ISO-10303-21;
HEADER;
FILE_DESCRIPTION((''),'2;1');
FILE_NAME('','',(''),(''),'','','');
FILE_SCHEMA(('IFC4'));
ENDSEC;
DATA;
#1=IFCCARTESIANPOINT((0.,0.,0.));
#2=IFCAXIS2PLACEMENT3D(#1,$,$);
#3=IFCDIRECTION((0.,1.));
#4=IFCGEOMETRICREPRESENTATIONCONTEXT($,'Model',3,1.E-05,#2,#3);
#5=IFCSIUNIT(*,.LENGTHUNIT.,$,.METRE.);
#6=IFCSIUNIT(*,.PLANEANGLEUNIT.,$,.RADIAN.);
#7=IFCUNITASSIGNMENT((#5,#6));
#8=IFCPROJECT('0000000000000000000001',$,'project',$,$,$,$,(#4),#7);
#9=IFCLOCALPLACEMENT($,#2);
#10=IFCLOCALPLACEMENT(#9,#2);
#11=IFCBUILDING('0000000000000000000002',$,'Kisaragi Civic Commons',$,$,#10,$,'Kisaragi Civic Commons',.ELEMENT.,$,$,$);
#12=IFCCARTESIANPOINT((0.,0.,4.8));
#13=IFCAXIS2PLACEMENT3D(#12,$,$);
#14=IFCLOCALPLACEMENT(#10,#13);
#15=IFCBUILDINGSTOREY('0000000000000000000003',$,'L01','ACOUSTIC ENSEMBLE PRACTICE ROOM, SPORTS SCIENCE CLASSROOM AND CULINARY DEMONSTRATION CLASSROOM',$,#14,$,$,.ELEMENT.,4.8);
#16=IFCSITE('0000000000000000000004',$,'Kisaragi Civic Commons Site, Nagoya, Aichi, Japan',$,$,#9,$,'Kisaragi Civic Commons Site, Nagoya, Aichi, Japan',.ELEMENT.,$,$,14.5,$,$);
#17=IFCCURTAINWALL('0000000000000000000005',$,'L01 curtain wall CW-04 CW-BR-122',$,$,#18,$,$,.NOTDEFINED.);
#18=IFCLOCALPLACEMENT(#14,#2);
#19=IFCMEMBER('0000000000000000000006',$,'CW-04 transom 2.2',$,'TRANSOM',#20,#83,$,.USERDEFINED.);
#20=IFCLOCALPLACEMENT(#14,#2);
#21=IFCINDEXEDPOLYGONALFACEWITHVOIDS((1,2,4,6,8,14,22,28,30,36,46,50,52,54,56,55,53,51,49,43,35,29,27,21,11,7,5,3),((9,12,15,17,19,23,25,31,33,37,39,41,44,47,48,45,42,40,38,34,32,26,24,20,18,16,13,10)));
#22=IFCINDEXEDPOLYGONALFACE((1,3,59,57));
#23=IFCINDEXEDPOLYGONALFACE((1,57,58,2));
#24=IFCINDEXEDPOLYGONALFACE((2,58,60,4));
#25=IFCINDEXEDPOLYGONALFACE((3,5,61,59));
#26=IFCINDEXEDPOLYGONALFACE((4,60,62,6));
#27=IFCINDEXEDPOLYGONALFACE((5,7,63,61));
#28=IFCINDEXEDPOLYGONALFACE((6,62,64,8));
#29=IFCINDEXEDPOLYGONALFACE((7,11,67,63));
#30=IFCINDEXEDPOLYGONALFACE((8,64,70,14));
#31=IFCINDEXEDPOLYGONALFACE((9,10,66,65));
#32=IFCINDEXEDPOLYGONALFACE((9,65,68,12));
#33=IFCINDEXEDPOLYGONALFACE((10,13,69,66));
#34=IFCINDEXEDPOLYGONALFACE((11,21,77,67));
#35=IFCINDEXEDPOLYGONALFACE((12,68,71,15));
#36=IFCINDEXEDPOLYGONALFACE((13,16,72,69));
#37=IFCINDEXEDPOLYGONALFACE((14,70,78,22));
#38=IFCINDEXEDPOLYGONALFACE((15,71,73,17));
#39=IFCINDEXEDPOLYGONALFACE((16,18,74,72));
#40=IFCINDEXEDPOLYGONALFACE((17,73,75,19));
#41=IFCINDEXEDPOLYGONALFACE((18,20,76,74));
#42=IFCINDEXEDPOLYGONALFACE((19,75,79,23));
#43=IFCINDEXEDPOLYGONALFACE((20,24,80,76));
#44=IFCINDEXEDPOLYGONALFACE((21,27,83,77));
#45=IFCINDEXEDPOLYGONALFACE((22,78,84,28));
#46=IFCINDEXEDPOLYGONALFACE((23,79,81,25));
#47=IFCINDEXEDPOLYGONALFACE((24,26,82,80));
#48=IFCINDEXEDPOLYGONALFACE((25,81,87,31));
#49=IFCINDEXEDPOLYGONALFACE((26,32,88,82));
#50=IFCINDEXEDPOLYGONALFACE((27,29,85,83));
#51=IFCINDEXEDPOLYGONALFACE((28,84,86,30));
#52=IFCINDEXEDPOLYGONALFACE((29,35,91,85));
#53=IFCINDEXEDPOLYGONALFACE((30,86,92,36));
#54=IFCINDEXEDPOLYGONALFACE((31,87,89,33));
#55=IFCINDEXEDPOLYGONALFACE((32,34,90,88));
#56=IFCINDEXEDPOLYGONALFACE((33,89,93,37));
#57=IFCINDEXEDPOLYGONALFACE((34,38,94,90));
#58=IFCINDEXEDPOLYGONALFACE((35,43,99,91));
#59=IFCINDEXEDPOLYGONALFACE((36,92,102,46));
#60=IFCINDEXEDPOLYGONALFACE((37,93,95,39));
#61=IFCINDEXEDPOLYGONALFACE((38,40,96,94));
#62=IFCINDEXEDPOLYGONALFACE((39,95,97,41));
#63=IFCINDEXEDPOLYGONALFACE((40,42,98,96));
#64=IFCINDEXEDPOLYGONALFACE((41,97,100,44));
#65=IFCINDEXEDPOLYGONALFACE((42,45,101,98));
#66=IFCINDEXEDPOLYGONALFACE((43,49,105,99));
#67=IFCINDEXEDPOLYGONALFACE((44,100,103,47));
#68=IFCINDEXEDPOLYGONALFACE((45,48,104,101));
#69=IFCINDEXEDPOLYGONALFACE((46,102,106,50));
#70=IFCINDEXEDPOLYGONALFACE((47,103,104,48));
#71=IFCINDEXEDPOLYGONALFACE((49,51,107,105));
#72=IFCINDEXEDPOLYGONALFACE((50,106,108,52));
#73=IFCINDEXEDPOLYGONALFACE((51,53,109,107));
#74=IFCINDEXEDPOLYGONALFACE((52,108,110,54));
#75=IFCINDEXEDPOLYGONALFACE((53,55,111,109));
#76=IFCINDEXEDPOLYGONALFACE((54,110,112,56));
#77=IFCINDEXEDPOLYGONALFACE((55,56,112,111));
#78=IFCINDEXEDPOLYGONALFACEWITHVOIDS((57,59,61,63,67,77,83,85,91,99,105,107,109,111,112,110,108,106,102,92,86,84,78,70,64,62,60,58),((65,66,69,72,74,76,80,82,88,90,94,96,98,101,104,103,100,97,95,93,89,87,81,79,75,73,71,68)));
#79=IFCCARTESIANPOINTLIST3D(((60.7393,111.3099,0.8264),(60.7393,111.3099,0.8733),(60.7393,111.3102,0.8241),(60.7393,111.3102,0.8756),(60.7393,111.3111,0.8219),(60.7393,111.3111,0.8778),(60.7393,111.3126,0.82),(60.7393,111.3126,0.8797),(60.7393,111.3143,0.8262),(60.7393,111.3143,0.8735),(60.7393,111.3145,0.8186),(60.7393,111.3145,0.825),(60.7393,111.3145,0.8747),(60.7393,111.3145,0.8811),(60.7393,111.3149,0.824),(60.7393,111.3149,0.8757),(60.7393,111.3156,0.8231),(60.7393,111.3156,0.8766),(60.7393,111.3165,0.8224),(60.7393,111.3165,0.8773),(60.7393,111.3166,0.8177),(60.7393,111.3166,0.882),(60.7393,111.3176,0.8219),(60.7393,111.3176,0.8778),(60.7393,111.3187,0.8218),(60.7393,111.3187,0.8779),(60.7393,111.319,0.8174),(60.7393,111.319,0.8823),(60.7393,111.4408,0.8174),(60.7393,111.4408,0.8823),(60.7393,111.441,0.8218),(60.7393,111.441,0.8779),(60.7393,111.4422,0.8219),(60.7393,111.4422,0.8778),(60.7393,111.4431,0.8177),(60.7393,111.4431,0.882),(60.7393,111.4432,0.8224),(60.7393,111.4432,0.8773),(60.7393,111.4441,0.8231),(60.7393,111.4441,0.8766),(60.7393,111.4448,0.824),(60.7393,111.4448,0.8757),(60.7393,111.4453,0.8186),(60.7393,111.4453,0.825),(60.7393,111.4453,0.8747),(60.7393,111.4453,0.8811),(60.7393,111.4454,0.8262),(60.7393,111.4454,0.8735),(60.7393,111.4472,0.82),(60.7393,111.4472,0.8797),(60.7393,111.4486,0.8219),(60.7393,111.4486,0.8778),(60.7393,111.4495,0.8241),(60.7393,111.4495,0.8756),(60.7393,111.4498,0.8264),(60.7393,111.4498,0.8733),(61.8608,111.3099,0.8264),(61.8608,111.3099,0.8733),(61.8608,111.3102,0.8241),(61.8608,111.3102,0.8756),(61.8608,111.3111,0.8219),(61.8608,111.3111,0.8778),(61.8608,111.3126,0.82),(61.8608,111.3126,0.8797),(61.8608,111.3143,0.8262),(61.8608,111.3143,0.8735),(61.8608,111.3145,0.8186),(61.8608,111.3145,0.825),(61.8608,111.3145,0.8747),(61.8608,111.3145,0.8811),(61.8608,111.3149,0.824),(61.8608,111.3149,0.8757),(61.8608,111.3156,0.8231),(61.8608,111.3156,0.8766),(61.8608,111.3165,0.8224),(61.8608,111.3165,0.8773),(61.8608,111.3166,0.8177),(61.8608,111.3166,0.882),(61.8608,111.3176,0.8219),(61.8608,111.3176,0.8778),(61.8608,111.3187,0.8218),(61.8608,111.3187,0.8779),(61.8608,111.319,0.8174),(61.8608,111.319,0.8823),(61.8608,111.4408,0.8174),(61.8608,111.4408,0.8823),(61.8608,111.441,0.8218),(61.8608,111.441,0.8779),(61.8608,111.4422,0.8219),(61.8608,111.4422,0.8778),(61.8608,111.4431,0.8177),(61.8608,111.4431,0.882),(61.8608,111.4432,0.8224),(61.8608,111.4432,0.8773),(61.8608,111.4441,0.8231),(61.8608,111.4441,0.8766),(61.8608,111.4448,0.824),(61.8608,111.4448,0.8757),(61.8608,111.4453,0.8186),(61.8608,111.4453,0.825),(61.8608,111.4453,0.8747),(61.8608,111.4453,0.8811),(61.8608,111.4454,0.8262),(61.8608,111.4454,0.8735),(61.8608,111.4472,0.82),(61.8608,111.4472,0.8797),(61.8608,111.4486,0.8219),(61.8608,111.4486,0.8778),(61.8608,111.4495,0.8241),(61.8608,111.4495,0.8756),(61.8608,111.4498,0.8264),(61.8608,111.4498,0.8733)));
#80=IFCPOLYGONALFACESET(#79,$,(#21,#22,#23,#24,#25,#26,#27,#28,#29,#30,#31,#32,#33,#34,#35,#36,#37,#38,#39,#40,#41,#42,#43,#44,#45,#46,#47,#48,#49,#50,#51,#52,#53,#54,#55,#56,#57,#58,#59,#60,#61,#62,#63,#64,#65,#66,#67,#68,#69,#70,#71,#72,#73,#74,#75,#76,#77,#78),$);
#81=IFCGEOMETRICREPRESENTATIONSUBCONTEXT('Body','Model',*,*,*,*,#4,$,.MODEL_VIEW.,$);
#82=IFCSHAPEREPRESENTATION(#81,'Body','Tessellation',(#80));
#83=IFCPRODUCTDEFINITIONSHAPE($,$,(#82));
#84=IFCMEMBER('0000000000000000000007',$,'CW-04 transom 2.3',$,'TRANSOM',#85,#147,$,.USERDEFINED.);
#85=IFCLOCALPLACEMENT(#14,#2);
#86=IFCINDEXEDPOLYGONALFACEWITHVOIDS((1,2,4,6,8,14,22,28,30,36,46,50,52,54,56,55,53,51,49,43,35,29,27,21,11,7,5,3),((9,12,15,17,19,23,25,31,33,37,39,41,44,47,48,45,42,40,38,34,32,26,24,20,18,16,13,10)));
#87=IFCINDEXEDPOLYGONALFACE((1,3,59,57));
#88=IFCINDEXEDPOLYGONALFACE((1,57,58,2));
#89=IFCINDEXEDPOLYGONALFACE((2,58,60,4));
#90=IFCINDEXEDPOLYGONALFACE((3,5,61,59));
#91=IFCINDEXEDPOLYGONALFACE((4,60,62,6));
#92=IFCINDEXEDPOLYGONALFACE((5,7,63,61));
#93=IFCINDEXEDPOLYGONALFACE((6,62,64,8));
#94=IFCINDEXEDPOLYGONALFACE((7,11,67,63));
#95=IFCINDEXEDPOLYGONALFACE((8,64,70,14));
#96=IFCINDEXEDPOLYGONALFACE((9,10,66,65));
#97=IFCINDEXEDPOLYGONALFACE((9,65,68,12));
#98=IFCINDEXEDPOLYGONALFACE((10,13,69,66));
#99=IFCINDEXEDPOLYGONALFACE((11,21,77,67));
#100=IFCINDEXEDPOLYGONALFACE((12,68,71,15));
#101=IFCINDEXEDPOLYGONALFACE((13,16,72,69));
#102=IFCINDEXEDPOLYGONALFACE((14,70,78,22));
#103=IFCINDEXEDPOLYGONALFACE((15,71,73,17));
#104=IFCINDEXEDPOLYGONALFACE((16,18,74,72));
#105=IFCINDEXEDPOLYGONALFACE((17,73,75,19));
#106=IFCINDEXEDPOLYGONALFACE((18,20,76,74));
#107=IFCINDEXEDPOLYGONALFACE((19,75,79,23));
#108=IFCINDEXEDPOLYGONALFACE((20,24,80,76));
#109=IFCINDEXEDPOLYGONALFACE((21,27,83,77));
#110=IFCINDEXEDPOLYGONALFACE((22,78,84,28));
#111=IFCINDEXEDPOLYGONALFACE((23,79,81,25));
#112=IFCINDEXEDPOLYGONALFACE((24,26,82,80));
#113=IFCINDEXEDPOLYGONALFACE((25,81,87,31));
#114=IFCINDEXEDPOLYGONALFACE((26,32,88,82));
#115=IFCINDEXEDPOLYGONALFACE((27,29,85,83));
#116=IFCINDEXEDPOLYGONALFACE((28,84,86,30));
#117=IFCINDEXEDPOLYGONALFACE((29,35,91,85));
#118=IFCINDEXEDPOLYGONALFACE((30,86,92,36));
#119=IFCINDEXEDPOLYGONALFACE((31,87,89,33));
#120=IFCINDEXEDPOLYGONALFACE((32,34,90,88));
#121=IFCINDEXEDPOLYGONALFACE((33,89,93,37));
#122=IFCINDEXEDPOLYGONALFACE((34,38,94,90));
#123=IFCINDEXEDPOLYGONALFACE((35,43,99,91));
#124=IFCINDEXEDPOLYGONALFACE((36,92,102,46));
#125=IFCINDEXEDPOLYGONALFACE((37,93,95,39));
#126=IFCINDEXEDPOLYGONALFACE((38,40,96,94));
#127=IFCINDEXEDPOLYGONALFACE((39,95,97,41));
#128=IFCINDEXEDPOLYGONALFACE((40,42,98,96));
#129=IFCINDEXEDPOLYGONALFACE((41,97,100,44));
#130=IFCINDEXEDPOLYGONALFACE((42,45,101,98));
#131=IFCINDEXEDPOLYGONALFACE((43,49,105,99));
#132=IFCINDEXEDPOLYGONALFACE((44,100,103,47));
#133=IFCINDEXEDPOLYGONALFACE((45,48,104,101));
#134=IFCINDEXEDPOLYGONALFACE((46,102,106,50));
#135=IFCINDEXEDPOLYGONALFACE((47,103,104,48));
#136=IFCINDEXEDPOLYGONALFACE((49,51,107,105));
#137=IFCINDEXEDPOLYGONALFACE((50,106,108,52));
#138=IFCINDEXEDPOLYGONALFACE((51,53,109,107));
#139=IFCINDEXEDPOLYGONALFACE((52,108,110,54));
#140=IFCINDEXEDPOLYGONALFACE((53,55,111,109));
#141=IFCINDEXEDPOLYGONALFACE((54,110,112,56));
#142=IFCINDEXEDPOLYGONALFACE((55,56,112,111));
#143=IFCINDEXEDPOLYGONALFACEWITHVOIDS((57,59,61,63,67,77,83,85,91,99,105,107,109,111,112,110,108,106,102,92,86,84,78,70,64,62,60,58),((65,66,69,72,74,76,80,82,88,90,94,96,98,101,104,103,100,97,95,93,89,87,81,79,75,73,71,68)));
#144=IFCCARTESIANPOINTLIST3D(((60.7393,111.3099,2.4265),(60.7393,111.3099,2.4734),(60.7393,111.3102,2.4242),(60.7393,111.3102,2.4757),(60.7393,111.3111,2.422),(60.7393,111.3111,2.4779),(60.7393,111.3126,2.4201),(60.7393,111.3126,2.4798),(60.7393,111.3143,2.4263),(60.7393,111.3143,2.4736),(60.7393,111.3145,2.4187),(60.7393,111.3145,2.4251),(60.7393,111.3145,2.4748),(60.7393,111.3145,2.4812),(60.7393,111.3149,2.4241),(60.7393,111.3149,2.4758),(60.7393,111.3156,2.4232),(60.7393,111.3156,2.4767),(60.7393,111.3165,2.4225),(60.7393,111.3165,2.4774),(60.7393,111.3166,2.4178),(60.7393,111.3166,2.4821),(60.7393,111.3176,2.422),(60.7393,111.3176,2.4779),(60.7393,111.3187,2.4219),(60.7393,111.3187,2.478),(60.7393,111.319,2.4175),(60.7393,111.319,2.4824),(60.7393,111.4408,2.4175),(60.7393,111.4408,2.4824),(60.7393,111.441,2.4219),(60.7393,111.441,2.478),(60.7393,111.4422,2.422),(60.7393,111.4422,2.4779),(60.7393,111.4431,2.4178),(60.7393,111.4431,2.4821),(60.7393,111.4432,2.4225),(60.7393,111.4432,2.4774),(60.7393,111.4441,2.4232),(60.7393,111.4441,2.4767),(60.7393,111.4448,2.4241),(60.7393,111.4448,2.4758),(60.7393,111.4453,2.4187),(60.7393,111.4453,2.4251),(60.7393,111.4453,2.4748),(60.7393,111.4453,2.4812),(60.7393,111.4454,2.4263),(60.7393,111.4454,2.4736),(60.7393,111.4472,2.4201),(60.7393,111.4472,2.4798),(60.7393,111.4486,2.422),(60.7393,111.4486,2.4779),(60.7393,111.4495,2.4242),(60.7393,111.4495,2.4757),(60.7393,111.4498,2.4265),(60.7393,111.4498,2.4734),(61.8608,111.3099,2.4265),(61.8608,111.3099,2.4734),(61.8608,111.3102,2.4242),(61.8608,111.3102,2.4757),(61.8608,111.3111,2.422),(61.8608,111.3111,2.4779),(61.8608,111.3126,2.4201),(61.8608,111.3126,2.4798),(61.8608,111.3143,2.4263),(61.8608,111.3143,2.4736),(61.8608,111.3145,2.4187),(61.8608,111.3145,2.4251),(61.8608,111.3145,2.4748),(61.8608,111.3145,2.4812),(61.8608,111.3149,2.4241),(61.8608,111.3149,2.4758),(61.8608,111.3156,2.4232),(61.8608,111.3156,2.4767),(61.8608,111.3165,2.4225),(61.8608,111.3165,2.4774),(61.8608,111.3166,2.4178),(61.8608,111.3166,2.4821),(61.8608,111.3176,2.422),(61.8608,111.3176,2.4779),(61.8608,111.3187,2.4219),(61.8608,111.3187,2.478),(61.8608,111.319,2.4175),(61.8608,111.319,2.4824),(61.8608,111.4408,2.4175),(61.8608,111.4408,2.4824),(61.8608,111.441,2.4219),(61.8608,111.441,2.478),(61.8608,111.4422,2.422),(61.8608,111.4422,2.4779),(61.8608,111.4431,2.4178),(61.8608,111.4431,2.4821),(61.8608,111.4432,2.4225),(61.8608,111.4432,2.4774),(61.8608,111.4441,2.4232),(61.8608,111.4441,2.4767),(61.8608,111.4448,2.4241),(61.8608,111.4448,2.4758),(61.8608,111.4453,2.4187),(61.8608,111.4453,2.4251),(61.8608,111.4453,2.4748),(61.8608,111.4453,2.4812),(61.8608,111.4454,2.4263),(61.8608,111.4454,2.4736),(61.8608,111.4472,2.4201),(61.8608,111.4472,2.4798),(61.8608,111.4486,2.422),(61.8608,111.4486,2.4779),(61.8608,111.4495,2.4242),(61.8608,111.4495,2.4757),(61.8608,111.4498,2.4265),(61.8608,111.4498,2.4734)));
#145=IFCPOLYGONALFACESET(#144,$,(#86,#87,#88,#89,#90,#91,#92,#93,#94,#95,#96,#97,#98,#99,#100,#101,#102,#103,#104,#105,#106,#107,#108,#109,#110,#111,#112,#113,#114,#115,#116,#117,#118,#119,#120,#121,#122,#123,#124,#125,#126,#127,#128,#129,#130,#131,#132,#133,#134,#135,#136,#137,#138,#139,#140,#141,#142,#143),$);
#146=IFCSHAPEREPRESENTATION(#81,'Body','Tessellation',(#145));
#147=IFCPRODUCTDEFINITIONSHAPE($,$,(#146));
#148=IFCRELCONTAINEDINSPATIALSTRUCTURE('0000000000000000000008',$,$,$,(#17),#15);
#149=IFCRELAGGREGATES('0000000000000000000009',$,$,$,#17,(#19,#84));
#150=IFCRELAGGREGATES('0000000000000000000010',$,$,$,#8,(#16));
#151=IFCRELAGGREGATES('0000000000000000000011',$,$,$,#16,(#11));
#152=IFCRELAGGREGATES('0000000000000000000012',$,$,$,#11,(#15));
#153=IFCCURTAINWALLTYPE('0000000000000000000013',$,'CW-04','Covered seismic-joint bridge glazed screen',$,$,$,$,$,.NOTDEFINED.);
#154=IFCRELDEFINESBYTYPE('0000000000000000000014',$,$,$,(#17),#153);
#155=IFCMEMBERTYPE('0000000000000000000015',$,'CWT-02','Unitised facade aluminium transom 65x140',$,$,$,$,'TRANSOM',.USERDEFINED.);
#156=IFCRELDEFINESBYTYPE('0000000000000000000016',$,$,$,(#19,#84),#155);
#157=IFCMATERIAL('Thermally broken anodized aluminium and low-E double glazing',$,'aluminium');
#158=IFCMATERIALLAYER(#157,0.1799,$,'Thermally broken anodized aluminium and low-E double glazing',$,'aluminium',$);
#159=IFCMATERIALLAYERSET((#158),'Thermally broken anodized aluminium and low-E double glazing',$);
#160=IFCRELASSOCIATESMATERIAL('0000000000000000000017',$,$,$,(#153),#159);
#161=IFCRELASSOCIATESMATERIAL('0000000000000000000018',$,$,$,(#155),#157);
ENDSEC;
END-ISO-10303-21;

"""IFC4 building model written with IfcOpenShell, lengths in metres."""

from ifc_helpers import new_model, si_unit, direction, frame, origin, origin_2d, place, context, subcontext, project, spatial, hollow_rectangle, extrude, material, layer, layer_set, material_profile, profile_set, type_object, element, aggregate, save


model = new_model("IFC4")

# Units and contexts
model_context = context("Model", 3, precision=1e-05, world=origin(), true_north=direction((0.0, 1.0)))
body_context = subcontext(model_context, "Body", "Model", "MODEL_VIEW")
ifc_project = project(units=[si_unit("LENGTHUNIT", "METRE"), si_unit("PLANEANGLEUNIT", "RADIAN")], contexts=[model_context])

# Site, building, storey
site_placement = place(None, origin())
site = spatial("IfcSite", under=ifc_project, at=site_placement, Name="Kisaragi Civic Commons Site, Nagoya, Aichi, Japan", LongName="Kisaragi Civic Commons Site, Nagoya, Aichi, Japan", CompositionType="ELEMENT", RefElevation=14.5)
building_placement = place(site_placement, origin())
building = spatial("IfcBuilding", under=site, at=building_placement, Name="Kisaragi Civic Commons", LongName="Kisaragi Civic Commons", CompositionType="ELEMENT")
storey_placement = place(building_placement, frame((0.0, 0.0, 4.8)))
storey = spatial("IfcBuildingStorey", under=building, at=storey_placement, Name="L01", Description="ACOUSTIC ENSEMBLE PRACTICE ROOM, SPORTS SCIENCE CLASSROOM AND CULINARY DEMONSTRATION CLASSROOM", CompositionType="ELEMENT", Elevation=4.8)

# Shared definitions
ifc_material_1 = material(Name="Thermally broken anodized aluminium and low-E double glazing", Category="aluminium")
ifc_layer_1 = layer(ifc_material_1, 0.1799, Name="Thermally broken anodized aluminium and low-E double glazing", Category="aluminium")
ifc_layer_set_1 = layer_set([ifc_layer_1], Name="Thermally broken anodized aluminium and low-E double glazing")
curtain_wall_type = type_object("IfcCurtainWallType", Name="CW-04", Description="Covered seismic-joint bridge glazed screen", PredefinedType="NOTDEFINED", material=ifc_layer_set_1)

# Curtain wall
curtain_wall_1_placement = place(storey_placement, origin())
curtain_wall_1 = element("IfcCurtainWall", 1, at=curtain_wall_1_placement, inside=storey, type_object=curtain_wall_type, Name="L01 curtain wall CW-04 CW-BR-122", PredefinedType="NOTDEFINED")

# Members
ifc_material_profile_1 = material_profile(ifc_material_1, hollow_rectangle(XDim=0.1399, YDim=0.0649, WallThickness=0.0044, InnerFilletRadius=0.0044, OuterFilletRadius=0.009, at=origin_2d()), Name="CWT-65x140x4.5", Category="aluminium")
ifc_profile_set_1 = profile_set([ifc_material_profile_1], Name="Thermally broken anodized aluminium and low-E double glazing")
member_type_1 = type_object("IfcMemberType", Name="CWT-02", Description="Unitised facade aluminium transom 65x140", ElementType="TRANSOM", PredefinedType="USERDEFINED", material=ifc_profile_set_1)
member_1_placement = place(storey_placement, frame((60.7393, 111.3799, 0.8499), z_axis=(1.0, 0.0, 0.0), x_axis=(0.0, 1.0, 0.0)))
member_1 = element("IfcMember", 2, at=member_1_placement, type_object=member_type_1, Name="CW-04 transom 2.2", ObjectType="TRANSOM", PredefinedType="USERDEFINED", context=body_context, shape_type="SweptSolid", body=[
    extrude(hollow_rectangle(XDim=0.1399, YDim=0.0649, WallThickness=0.0044, InnerFilletRadius=0.0044, OuterFilletRadius=0.009, at=origin_2d()), origin(), (0.0, 0.0, 1.0), 1.1216),
])
member_2_placement = place(storey_placement, frame((60.7393, 111.3799, 2.45), z_axis=(1.0, 0.0, 0.0), x_axis=(0.0, 1.0, 0.0)))
member_2 = element("IfcMember", 3, at=member_2_placement, type_object=member_type_1, Name="CW-04 transom 2.3", ObjectType="TRANSOM", PredefinedType="USERDEFINED", context=body_context, shape_type="SweptSolid", body=[
    extrude(hollow_rectangle(XDim=0.1399, YDim=0.0649, WallThickness=0.0044, InnerFilletRadius=0.0044, OuterFilletRadius=0.009, at=origin_2d()), origin(), (0.0, 0.0, 1.0), 1.1216),
])

aggregate(curtain_wall_1, [member_1, member_2])

save(model, "model.ifc")
